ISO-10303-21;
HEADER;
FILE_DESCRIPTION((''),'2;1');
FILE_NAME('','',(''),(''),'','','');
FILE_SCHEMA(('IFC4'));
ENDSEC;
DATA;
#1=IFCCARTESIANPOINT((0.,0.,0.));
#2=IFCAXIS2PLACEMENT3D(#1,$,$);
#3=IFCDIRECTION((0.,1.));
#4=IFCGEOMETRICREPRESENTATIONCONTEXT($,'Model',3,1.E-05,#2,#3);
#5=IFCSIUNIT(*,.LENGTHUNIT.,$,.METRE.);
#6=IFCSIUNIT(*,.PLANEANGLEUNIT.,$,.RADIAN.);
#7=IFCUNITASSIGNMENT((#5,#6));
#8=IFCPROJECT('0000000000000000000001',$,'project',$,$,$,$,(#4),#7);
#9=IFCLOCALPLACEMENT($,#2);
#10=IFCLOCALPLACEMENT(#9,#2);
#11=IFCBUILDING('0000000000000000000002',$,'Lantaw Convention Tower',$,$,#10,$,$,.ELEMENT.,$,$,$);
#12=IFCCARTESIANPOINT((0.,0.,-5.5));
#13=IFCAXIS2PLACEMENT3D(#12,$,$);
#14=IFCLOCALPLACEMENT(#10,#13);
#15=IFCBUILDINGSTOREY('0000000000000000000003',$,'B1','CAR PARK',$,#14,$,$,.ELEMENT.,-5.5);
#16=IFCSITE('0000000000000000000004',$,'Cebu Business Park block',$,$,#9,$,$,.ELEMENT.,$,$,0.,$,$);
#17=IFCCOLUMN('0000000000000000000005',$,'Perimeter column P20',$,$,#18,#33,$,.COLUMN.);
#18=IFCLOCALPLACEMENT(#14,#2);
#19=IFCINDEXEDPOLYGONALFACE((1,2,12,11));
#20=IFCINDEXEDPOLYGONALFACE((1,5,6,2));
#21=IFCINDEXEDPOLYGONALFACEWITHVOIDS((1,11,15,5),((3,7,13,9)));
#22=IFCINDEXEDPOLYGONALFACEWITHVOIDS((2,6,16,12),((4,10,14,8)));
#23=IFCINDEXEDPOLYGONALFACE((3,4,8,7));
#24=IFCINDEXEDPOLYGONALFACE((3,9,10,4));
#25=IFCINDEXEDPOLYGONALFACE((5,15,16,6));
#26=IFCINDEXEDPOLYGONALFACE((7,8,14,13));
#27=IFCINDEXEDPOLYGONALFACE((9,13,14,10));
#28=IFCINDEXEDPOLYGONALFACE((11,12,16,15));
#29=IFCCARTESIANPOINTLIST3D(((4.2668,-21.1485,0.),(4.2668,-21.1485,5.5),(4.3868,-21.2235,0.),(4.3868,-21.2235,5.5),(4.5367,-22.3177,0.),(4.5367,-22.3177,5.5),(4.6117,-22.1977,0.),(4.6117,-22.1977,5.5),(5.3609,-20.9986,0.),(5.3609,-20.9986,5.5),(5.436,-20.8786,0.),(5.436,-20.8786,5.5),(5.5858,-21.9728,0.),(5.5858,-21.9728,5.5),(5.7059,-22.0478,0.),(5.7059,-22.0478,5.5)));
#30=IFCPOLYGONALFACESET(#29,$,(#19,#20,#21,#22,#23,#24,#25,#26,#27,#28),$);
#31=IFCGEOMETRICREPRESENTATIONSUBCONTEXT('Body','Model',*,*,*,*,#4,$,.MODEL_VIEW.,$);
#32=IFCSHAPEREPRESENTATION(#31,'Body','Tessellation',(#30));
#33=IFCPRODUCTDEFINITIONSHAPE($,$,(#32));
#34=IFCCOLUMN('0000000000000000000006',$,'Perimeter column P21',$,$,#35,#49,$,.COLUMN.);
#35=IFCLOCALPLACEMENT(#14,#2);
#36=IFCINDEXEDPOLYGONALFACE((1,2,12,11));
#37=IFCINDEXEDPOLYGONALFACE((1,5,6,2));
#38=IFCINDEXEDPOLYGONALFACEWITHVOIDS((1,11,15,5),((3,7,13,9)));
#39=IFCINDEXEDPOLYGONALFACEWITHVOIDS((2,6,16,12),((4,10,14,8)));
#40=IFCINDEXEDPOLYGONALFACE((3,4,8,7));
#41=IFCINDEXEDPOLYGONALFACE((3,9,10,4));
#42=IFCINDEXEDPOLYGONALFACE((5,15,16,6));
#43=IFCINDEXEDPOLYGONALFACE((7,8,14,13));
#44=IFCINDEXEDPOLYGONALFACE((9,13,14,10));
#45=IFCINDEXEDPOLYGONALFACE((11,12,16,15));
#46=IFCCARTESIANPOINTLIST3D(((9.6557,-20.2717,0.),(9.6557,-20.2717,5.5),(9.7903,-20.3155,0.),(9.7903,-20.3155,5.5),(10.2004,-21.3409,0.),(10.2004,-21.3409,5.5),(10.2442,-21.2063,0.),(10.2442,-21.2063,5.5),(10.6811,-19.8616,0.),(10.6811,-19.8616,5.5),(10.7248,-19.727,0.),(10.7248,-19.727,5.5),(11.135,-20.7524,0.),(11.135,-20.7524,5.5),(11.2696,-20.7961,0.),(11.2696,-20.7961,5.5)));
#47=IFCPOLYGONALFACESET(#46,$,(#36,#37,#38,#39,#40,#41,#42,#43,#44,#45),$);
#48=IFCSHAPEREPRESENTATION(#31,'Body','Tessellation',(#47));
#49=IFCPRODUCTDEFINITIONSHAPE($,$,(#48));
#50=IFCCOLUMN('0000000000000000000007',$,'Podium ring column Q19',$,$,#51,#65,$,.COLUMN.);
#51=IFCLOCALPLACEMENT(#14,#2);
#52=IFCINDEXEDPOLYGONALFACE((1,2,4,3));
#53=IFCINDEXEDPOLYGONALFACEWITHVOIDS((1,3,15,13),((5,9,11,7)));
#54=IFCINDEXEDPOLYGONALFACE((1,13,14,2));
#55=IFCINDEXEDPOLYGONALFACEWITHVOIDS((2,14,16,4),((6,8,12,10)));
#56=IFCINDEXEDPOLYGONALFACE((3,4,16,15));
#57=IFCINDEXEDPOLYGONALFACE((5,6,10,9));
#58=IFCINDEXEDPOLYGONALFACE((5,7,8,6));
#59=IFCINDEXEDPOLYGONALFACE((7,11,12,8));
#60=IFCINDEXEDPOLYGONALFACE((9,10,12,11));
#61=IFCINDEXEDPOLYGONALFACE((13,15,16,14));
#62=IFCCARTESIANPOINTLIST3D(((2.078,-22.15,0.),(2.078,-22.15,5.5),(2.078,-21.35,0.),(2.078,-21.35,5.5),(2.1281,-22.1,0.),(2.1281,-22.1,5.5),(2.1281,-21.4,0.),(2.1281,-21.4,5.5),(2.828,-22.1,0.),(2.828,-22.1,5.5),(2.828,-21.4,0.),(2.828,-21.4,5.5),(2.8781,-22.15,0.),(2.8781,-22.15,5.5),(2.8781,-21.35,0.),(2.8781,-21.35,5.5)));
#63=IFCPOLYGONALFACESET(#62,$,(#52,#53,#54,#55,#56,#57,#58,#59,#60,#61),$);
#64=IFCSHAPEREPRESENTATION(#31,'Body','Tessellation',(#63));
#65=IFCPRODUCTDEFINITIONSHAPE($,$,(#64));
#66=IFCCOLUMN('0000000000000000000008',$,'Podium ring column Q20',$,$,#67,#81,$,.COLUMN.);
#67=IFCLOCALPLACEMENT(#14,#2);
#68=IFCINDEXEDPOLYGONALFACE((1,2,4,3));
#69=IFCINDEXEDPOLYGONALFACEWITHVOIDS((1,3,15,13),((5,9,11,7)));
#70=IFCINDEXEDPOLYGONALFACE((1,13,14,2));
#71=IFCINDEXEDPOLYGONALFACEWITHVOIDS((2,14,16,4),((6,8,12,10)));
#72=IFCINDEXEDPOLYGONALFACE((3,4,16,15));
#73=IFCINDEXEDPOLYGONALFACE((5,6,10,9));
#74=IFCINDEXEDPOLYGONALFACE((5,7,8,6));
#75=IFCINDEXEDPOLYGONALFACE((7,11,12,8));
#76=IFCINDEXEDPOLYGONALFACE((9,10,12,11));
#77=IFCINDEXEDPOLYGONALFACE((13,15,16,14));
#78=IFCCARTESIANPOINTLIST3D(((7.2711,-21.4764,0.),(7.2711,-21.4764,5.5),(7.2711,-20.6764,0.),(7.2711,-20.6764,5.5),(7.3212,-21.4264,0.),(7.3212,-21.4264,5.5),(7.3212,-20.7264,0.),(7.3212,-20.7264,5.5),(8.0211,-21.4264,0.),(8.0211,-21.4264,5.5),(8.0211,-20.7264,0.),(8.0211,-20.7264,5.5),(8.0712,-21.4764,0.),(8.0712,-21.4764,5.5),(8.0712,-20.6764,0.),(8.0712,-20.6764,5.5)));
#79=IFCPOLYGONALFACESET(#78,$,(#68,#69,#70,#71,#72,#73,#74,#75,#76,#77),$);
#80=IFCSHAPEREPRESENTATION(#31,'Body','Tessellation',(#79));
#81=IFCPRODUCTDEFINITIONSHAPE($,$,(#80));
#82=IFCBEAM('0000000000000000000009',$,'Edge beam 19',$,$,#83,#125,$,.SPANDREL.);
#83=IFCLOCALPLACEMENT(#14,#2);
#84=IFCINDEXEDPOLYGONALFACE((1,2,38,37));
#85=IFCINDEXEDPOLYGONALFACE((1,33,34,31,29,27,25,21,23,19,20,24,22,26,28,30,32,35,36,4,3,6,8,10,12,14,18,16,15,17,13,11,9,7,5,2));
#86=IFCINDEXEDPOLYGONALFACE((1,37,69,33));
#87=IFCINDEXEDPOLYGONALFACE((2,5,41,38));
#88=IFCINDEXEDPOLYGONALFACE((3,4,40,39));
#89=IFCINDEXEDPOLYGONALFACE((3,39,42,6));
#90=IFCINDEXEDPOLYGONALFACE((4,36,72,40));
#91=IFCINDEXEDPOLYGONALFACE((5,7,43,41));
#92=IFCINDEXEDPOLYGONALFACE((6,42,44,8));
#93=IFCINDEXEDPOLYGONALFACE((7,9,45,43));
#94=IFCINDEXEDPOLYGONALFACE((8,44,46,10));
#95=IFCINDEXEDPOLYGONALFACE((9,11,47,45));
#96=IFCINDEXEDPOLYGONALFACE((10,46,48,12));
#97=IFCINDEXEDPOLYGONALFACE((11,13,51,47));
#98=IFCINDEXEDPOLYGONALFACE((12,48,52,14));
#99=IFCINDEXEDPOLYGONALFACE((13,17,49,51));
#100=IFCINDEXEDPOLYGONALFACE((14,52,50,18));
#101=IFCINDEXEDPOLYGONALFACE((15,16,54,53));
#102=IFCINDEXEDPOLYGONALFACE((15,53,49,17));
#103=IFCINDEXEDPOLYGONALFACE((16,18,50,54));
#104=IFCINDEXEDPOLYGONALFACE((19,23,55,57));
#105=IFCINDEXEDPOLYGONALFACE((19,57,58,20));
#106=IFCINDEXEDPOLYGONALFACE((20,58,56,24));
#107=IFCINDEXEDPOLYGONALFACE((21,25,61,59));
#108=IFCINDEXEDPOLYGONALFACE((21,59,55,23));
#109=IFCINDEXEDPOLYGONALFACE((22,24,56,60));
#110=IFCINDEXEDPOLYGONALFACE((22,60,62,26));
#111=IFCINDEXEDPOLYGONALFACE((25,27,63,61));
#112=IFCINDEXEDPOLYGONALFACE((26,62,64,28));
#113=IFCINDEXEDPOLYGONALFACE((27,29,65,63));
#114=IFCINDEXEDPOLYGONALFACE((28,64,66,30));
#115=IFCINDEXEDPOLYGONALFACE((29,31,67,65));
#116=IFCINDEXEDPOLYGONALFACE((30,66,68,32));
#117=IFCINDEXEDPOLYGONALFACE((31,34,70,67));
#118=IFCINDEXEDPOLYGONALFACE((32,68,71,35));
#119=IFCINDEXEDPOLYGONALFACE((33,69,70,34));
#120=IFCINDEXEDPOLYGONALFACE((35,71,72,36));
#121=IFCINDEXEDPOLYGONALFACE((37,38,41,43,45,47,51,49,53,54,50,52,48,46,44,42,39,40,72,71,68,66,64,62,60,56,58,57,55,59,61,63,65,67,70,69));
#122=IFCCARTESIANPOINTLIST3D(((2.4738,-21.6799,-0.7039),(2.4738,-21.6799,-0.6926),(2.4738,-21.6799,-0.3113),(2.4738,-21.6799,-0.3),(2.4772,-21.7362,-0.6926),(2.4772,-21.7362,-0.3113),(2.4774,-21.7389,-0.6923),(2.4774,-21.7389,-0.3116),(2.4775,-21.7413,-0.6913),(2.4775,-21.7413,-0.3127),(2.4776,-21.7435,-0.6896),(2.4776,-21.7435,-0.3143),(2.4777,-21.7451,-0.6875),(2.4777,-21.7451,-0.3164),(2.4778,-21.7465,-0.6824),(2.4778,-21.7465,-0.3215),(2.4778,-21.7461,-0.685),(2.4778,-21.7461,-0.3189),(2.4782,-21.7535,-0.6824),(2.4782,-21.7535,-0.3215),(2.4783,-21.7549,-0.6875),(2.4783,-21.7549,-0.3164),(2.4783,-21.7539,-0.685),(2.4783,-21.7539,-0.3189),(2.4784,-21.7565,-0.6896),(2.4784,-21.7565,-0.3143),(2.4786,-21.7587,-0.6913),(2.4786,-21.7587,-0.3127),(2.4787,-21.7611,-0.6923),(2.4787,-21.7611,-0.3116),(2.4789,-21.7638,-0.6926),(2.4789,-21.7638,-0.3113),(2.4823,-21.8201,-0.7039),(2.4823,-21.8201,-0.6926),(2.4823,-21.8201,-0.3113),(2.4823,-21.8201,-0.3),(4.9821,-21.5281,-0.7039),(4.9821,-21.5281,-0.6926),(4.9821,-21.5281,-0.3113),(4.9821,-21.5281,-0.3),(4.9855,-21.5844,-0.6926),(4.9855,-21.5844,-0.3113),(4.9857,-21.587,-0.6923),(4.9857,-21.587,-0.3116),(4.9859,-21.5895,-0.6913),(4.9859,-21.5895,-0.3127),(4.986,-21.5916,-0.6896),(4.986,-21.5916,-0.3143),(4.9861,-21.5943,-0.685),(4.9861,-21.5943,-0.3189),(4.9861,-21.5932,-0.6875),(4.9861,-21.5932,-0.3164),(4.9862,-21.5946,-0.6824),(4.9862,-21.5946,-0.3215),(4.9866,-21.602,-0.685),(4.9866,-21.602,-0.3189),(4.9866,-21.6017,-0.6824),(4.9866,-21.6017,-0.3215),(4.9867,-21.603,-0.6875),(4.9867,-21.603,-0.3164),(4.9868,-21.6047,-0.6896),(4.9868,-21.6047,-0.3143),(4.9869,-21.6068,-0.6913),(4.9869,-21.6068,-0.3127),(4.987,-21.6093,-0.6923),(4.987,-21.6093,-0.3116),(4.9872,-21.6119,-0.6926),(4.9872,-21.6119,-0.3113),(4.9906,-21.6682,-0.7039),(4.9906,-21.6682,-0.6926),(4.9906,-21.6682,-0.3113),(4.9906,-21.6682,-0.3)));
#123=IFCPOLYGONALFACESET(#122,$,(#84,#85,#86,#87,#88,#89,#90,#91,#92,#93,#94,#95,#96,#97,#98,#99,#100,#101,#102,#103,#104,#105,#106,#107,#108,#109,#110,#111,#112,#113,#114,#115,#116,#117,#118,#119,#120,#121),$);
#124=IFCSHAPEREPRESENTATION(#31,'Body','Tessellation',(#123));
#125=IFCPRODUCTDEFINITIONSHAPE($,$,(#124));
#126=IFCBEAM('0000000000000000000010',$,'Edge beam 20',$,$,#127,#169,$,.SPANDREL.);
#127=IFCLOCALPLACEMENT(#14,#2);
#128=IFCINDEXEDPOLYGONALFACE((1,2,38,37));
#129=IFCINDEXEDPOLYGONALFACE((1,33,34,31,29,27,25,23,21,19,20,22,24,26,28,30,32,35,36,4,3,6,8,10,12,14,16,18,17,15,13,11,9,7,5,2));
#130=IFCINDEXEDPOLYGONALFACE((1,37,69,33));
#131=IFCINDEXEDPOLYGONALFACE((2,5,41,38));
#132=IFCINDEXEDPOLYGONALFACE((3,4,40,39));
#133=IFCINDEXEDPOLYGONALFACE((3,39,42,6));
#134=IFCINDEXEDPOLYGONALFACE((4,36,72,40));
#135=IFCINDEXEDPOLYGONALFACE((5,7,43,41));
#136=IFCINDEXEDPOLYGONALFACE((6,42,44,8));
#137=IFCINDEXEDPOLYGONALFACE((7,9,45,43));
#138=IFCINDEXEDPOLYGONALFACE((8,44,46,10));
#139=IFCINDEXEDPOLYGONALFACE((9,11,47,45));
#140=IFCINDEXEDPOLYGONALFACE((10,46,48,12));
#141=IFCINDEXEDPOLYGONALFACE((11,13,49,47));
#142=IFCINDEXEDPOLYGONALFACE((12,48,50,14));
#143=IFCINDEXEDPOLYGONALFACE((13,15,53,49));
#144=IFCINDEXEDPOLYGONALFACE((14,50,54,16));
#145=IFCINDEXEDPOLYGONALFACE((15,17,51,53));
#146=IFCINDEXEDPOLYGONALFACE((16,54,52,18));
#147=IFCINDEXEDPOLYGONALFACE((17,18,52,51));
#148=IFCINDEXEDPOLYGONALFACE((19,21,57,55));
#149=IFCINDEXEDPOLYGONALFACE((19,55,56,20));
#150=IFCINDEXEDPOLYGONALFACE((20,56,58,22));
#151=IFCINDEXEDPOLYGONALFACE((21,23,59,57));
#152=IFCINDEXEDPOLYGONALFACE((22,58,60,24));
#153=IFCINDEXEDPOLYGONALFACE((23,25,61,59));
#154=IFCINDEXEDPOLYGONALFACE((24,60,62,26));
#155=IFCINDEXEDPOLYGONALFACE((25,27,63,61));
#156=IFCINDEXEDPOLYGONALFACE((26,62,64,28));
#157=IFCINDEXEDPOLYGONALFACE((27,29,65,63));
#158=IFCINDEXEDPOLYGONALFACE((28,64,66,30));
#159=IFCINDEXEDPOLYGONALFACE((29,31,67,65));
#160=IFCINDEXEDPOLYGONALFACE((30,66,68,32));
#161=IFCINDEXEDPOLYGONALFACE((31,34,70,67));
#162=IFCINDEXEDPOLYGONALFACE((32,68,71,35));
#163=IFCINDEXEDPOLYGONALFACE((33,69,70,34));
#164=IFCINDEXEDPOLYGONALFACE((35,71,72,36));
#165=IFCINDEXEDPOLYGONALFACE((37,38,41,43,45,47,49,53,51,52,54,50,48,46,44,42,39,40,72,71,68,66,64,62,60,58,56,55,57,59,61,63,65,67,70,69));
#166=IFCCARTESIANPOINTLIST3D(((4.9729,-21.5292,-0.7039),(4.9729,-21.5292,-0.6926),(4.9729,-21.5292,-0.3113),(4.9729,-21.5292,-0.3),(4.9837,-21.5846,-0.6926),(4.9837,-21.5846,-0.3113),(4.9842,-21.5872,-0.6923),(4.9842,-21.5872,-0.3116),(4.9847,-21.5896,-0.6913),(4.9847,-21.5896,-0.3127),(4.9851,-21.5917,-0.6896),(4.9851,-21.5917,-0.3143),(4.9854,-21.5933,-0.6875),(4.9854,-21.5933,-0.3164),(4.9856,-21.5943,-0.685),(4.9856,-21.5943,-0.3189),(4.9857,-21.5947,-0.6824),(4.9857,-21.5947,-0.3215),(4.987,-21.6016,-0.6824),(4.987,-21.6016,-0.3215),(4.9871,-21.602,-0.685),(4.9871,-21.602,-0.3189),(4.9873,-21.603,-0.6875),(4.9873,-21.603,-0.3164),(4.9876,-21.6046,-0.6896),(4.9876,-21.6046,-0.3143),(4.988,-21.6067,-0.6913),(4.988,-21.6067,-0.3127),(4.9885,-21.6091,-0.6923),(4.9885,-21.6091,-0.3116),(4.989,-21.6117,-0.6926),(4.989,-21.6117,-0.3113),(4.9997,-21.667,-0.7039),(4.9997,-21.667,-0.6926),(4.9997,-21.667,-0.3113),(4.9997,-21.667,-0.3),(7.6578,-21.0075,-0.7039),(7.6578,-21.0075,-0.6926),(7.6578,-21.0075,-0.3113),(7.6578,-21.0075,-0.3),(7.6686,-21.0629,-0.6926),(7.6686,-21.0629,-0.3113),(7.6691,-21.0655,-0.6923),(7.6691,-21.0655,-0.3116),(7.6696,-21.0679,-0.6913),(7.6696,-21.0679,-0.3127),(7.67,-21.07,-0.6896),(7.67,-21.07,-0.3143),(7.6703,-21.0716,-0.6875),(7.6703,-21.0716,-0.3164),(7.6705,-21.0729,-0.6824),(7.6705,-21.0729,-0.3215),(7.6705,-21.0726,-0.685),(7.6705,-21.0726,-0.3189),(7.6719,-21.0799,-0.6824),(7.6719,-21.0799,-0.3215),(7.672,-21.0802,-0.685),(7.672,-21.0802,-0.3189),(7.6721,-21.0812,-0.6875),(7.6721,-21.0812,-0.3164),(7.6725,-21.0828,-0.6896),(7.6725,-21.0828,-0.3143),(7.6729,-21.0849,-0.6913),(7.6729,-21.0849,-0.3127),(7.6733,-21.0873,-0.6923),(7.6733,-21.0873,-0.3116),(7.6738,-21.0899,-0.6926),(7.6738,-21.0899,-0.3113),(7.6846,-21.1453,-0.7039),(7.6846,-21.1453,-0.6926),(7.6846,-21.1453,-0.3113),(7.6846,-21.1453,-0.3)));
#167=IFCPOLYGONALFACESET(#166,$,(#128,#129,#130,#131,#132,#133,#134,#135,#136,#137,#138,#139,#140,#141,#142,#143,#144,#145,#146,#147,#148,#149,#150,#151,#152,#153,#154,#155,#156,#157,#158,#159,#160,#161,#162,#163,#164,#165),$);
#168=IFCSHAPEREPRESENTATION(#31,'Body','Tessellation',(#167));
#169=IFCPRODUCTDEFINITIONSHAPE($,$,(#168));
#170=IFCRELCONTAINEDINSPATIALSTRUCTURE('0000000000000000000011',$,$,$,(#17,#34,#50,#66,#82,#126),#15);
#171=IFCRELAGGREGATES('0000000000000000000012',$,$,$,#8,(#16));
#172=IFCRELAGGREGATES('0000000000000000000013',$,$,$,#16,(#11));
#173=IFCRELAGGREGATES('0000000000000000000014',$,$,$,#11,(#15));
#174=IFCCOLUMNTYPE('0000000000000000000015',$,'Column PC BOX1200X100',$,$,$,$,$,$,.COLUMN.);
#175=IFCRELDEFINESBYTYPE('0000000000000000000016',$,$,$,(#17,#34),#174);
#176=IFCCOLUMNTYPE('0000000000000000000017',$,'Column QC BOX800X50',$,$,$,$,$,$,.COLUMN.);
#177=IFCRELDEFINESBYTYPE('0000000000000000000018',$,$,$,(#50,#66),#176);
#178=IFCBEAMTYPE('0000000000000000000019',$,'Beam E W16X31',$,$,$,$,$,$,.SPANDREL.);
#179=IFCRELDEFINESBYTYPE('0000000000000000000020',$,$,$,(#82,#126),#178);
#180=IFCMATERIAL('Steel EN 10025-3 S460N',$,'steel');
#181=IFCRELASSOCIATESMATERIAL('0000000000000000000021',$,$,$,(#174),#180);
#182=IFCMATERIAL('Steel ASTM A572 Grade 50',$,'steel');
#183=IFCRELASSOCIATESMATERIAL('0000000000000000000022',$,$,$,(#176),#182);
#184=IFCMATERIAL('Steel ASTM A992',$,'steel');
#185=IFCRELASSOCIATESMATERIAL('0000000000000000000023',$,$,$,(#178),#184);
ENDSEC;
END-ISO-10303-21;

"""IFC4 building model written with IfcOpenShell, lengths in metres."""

from ifc_helpers import new_model, si_unit, direction, frame, origin, origin_2d, place, context, subcontext, project, spatial, rectangle, hollow_rectangle, i_section, extrude, material, material_profile, profile_set, type_object, element, save


model = new_model("IFC4")

# Units and contexts
model_context = context("Model", 3, precision=1e-05, world=origin(), true_north=direction((0.0, 1.0)))
body_context = subcontext(model_context, "Body", "Model", "MODEL_VIEW")
ifc_project = project(units=[si_unit("LENGTHUNIT", "METRE"), si_unit("PLANEANGLEUNIT", "RADIAN")], contexts=[model_context])

# Site, building, storey
site_placement = place(None, origin())
site = spatial("IfcSite", under=ifc_project, at=site_placement, Name="Cebu Business Park block", CompositionType="ELEMENT", RefElevation=0.0)
building_placement = place(site_placement, origin())
building = spatial("IfcBuilding", under=site, at=building_placement, Name="Lantaw Convention Tower", CompositionType="ELEMENT")
storey_placement = place(building_placement, frame((0.0, 0.0, -5.5)))
storey = spatial("IfcBuildingStorey", under=building, at=storey_placement, Name="B1", Description="CAR PARK", CompositionType="ELEMENT", Elevation=-5.5)

# Columns
ifc_material_1 = material(Name="Steel EN 10025-3 S460N", Category="steel")
ifc_material_profile_1 = material_profile(ifc_material_1, hollow_rectangle(XDim=1.2, YDim=1.2, WallThickness=0.1001, at=origin_2d()), Name="BOX1200X100")
ifc_material_2 = material(Name="Concrete C60/75", Category="concrete")
ifc_material_profile_2 = material_profile(ifc_material_2, rectangle(XDim=1.0, YDim=1.0, at=origin_2d()), Name="Concrete fill of BOX1200X100")
ifc_profile_set_1 = profile_set([ifc_material_profile_1, ifc_material_profile_2], Name="Steel EN 10025-3 S460N")
column_type_1 = type_object("IfcColumnType", Name="Column PC BOX1200X100", PredefinedType="COLUMN", material=ifc_profile_set_1)
for number, where, z_axis, x_axis, name in (
    (1, (4.9863, -21.5981, 0.0), (0.0, 0.0, 1.0), (0.97437, 0.224951, 0.0), "Perimeter column P20"),
    (2, (10.4626, -20.5339, 0.0), (0.0, 0.0, 1.0), (0.891007, 0.45399, 0.0), "Perimeter column P21"),
):
    element("IfcColumn", number, at=place(storey_placement, frame(where, z_axis=z_axis, x_axis=x_axis)), inside=storey, type_object=column_type_1, Name=name, PredefinedType="COLUMN", context=body_context, shape_type="SweptSolid", body=[
        extrude(hollow_rectangle(XDim=1.2, YDim=1.2, WallThickness=0.1001, at=origin_2d()), origin(), (0.0, 0.0, 1.0), 5.5),
    ])
ifc_material_3 = material(Name="Steel ASTM A572 Grade 50", Category="steel")
ifc_material_profile_3 = material_profile(ifc_material_3, hollow_rectangle(XDim=0.8, YDim=0.8, WallThickness=0.05, at=origin_2d()), Name="BOX800X50")
ifc_profile_set_2 = profile_set([ifc_material_profile_3], Name="Steel ASTM A572 Grade 50")
column_type_2 = type_object("IfcColumnType", Name="Column QC BOX800X50", PredefinedType="COLUMN", material=ifc_profile_set_2)
for number, where, z_axis, x_axis, name in (
    (3, (2.478, -21.75, 0.0), (0.0, 0.0, 1.0), (1.0, 0.0, 0.0), "Podium ring column Q19"),
    (4, (7.6711, -21.0764, 0.0), (0.0, 0.0, 1.0), (1.0, 0.0, 0.0), "Podium ring column Q20"),
):
    element("IfcColumn", number, at=place(storey_placement, frame(where, z_axis=z_axis, x_axis=x_axis)), inside=storey, type_object=column_type_2, Name=name, PredefinedType="COLUMN", context=body_context, shape_type="SweptSolid", body=[
        extrude(hollow_rectangle(XDim=0.8, YDim=0.8, WallThickness=0.05, at=origin_2d()), origin(), (0.0, 0.0, 1.0), 5.5),
    ])

# Beams
ifc_material_4 = material(Name="Steel ASTM A992", Category="steel")
ifc_material_profile_4 = material_profile(ifc_material_4, i_section(OverallWidth=0.1404, OverallDepth=0.4038, WebThickness=0.0071, FlangeThickness=0.0112, FilletRadius=0.0103, at=origin_2d()), Name="W16X31")
ifc_profile_set_3 = profile_set([ifc_material_profile_4], Name="Steel ASTM A992")
beam_type_1 = type_object("IfcBeamType", Name="Beam E W16X31", PredefinedType="SPANDREL", material=ifc_profile_set_3)
beam_1_placement = place(storey_placement, frame((2.478, -21.75, -0.502), z_axis=(0.998172, 0.060431, 0.0), x_axis=(-0.060431, 0.998172, 0.0)))
element("IfcBeam", 5, at=beam_1_placement, inside=storey, type_object=beam_type_1, Name="Edge beam 19", PredefinedType="SPANDREL", context=body_context, shape_type="SweptSolid", body=[
    extrude(i_section(OverallWidth=0.1404, OverallDepth=0.4038, WebThickness=0.0071, FlangeThickness=0.0112, FilletRadius=0.0103, at=origin_2d()), origin(), (0.0, 0.0, 1.0), 2.5129),
])
beam_2_placement = place(storey_placement, frame((4.9863, -21.5981, -0.502), z_axis=(0.981637, 0.190757, 0.0), x_axis=(-0.190757, 0.981637, 0.0)))
element("IfcBeam", 6, at=beam_2_placement, inside=storey, type_object=beam_type_1, Name="Edge beam 20", PredefinedType="SPANDREL", context=body_context, shape_type="SweptSolid", body=[
    extrude(i_section(OverallWidth=0.1404, OverallDepth=0.4038, WebThickness=0.0071, FlangeThickness=0.0112, FilletRadius=0.0103, at=origin_2d()), origin(), (0.0, 0.0, 1.0), 2.7351),
])

save(model, "model.ifc")
